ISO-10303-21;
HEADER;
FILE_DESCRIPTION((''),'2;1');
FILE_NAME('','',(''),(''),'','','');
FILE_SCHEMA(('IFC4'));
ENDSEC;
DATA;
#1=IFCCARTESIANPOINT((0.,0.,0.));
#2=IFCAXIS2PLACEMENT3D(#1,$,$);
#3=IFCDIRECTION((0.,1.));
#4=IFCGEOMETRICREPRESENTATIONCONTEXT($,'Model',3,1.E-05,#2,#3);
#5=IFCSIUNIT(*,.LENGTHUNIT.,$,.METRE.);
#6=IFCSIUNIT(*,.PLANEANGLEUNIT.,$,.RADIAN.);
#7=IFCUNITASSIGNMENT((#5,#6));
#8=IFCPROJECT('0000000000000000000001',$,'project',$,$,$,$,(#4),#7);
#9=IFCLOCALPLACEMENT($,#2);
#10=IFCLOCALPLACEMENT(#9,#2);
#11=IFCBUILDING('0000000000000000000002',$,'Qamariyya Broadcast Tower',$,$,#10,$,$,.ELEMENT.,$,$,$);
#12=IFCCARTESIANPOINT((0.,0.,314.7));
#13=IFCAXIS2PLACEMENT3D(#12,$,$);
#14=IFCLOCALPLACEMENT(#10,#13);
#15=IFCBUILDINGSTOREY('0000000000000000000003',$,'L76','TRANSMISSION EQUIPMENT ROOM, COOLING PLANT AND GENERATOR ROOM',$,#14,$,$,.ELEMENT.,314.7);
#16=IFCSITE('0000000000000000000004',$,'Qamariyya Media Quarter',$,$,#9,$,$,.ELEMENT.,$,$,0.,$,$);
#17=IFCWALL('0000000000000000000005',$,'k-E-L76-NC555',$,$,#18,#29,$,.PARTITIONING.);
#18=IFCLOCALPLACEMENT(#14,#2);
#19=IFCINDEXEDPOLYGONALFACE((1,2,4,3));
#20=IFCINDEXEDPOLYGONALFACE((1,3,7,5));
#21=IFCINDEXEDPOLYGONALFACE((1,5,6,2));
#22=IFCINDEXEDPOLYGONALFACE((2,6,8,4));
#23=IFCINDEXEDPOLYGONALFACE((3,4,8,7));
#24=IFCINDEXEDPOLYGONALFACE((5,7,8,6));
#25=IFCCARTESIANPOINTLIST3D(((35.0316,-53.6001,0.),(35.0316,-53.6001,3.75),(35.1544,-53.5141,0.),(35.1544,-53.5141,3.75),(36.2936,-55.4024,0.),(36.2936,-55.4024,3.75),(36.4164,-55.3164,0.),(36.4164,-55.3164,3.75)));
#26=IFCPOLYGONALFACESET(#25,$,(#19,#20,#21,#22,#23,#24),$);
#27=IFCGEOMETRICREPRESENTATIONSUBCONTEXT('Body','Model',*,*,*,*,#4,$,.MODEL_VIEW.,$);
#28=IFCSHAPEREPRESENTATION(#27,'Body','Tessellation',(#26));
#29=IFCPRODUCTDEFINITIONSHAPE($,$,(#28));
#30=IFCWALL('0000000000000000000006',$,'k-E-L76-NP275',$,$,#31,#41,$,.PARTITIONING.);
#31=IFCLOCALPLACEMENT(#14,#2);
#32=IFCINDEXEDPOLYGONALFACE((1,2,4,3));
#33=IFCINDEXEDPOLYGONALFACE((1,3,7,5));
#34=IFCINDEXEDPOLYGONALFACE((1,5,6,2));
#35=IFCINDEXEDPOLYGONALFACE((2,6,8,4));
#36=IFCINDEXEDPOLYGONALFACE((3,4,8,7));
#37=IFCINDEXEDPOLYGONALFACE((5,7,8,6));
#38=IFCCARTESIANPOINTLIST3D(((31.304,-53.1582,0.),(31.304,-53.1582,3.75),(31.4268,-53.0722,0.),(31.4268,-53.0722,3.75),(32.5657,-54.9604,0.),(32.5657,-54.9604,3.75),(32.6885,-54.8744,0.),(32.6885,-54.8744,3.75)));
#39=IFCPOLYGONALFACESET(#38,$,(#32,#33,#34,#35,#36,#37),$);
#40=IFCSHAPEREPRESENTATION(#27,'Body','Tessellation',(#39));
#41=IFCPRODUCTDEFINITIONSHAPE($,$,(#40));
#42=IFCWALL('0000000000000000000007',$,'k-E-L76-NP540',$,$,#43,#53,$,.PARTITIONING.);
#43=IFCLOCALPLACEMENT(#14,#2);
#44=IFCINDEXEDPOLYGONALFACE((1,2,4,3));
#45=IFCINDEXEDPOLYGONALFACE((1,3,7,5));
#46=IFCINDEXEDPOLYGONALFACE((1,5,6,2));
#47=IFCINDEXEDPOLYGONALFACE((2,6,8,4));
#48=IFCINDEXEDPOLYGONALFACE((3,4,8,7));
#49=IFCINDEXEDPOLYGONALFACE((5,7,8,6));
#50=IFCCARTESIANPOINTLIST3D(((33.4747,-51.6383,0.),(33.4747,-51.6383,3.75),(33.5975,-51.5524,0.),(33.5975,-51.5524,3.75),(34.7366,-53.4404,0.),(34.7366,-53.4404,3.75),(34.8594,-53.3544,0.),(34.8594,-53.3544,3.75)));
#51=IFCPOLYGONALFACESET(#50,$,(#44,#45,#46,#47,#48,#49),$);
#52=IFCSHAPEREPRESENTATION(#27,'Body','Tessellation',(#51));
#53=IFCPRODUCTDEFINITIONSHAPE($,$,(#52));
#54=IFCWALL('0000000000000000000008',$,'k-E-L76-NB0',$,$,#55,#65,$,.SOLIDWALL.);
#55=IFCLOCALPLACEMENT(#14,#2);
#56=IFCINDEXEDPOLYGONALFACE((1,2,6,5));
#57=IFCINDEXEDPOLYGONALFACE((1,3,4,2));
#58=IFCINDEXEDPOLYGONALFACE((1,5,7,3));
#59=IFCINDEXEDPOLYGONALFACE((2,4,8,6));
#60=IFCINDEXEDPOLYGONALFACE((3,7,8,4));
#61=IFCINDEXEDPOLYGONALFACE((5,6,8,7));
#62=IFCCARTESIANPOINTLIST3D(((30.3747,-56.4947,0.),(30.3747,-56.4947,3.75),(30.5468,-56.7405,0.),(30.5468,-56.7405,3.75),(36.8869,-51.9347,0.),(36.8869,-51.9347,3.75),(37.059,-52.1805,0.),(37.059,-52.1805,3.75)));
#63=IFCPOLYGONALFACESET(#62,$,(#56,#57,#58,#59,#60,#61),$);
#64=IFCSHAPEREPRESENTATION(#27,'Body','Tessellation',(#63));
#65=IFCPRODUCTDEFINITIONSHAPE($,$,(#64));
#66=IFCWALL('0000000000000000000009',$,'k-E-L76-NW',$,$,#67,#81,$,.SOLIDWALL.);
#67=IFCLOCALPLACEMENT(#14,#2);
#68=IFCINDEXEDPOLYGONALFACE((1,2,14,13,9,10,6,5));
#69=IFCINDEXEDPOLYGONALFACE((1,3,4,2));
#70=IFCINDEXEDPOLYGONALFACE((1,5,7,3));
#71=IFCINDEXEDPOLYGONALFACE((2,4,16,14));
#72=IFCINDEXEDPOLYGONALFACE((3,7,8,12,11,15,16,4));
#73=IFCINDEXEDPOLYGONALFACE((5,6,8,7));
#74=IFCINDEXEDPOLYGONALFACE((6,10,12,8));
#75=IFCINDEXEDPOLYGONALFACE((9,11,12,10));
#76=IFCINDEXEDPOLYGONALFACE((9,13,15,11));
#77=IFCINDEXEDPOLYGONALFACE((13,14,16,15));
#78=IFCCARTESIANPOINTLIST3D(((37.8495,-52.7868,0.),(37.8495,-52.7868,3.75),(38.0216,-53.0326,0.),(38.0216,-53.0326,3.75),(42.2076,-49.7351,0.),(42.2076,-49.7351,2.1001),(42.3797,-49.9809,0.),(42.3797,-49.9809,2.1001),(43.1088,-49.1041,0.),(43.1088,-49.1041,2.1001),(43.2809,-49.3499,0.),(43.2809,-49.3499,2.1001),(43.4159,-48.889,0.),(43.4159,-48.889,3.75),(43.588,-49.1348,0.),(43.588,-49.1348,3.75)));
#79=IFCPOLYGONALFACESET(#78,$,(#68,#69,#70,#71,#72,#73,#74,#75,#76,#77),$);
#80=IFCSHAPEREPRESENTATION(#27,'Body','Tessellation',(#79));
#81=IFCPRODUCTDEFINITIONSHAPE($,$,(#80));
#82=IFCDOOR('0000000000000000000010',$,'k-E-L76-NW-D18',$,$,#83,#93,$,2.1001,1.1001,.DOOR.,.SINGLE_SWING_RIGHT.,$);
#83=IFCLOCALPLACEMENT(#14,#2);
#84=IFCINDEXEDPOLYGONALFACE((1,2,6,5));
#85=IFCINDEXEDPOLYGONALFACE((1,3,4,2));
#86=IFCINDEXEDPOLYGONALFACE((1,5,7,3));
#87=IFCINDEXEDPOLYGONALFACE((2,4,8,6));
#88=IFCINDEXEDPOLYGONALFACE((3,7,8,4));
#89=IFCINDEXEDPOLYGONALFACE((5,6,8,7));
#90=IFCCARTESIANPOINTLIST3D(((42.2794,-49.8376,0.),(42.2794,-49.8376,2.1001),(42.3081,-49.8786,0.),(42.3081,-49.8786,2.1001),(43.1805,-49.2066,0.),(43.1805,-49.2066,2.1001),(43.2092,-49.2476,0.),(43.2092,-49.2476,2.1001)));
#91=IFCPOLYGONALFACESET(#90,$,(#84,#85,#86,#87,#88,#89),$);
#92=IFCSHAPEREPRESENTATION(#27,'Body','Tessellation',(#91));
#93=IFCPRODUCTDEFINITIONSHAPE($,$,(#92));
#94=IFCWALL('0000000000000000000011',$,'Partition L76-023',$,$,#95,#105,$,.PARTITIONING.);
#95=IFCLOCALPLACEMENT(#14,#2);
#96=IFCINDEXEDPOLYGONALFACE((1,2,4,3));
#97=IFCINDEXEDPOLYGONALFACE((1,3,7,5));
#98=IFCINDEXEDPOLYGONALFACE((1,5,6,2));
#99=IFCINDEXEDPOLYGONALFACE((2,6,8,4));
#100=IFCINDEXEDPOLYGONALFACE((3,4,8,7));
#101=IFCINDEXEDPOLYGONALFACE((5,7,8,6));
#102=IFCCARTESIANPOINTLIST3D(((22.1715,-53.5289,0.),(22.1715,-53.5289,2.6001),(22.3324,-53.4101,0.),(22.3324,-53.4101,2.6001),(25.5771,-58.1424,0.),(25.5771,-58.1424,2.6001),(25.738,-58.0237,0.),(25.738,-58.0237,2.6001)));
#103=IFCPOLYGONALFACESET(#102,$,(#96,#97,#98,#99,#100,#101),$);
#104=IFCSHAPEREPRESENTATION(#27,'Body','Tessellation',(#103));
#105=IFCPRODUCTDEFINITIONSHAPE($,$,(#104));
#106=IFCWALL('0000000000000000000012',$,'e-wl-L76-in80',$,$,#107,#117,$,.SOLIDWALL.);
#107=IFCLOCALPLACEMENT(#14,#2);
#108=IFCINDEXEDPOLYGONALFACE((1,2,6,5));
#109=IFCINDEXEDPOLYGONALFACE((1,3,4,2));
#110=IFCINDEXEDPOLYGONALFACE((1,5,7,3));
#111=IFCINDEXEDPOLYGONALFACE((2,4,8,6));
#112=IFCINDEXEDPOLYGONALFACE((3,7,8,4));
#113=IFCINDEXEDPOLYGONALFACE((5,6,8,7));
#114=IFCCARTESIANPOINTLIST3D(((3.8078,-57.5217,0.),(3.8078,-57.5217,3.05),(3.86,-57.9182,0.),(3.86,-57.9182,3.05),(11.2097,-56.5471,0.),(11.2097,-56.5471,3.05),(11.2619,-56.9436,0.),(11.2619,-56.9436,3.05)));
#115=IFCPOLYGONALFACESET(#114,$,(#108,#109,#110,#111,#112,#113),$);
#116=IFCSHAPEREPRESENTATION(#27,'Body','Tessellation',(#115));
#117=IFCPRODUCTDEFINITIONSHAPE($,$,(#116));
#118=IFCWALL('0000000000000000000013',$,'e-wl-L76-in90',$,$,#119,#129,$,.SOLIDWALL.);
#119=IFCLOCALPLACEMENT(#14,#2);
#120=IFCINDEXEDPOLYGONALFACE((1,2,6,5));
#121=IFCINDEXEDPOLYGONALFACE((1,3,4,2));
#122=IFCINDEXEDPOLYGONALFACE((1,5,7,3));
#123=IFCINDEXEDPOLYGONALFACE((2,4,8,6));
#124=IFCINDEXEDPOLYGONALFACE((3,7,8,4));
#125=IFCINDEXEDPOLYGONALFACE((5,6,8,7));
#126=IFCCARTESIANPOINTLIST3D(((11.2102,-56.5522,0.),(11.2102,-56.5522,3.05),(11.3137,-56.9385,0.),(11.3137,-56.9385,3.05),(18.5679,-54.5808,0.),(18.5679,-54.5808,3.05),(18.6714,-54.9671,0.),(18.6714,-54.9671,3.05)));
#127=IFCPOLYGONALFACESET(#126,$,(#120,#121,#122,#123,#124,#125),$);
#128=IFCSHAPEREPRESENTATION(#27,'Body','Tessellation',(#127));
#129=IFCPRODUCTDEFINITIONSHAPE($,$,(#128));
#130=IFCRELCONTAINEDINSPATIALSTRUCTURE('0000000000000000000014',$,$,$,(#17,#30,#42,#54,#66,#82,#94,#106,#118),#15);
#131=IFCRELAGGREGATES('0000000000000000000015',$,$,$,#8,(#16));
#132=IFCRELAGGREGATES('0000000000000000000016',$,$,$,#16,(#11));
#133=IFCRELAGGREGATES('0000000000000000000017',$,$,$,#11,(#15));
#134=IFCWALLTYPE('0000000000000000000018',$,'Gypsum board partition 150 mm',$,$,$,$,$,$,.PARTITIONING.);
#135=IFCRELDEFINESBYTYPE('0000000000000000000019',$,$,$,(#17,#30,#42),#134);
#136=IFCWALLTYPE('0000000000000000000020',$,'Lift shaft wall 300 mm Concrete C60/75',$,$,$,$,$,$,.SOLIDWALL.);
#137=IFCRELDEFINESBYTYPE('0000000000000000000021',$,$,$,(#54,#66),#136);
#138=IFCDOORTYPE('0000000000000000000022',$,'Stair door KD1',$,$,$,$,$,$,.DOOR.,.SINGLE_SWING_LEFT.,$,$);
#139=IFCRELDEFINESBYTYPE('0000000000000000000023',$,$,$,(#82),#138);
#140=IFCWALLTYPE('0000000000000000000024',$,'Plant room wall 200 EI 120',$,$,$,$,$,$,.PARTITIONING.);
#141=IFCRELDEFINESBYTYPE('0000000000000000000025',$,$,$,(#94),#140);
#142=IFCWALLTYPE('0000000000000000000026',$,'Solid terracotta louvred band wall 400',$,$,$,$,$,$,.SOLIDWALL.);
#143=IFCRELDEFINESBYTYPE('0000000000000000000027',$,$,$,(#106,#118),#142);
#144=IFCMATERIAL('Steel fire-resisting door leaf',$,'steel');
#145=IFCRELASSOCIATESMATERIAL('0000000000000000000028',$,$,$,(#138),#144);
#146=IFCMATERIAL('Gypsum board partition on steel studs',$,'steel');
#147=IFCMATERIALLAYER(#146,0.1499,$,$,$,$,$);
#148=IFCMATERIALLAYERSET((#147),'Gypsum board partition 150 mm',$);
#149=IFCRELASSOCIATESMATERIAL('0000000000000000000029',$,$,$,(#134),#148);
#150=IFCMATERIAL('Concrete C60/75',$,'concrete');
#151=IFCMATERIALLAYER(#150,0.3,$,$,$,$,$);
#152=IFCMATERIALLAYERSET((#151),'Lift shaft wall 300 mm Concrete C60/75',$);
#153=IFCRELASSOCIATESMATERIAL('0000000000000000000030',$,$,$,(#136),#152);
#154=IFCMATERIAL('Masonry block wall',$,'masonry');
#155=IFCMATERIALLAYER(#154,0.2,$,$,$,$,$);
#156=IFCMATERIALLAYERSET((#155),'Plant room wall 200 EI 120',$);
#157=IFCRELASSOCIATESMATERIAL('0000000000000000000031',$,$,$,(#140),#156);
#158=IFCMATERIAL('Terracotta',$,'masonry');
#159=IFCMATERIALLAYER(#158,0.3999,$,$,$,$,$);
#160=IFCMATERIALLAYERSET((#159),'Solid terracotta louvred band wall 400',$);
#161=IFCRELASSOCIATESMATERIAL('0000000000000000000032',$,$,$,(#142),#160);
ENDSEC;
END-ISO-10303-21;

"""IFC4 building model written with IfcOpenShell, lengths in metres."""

from ifc_helpers import new_model, si_unit, direction, frame, frame_2d, origin, place, context, subcontext, project, spatial, rectangle, extrude, material, layer, layer_set, type_object, element, fill, save


model = new_model("IFC4")

# Units and contexts
model_context = context("Model", 3, precision=1e-05, world=origin(), true_north=direction((0.0, 1.0)))
body_context = subcontext(model_context, "Body", "Model", "MODEL_VIEW")
ifc_project = project(units=[si_unit("LENGTHUNIT", "METRE"), si_unit("PLANEANGLEUNIT", "RADIAN")], contexts=[model_context])

# Site, building, storey
site_placement = place(None, origin())
site = spatial("IfcSite", under=ifc_project, at=site_placement, Name="Qamariyya Media Quarter", CompositionType="ELEMENT", RefElevation=0.0)
building_placement = place(site_placement, origin())
building = spatial("IfcBuilding", under=site, at=building_placement, Name="Qamariyya Broadcast Tower", CompositionType="ELEMENT")
storey_placement = place(building_placement, frame((0.0, 0.0, 314.7)))
storey = spatial("IfcBuildingStorey", under=building, at=storey_placement, Name="L76", Description="TRANSMISSION EQUIPMENT ROOM, COOLING PLANT AND GENERATOR ROOM", CompositionType="ELEMENT", Elevation=314.7)

# Shared definitions
ifc_material_1 = material(Name="Concrete C60/75", Category="concrete")
ifc_material_2 = material(Name="Steel fire-resisting door leaf", Category="steel")
door_type_1 = type_object("IfcDoorType", Name="Stair door KD1", OperationType="SINGLE_SWING_LEFT", PredefinedType="DOOR", material=ifc_material_2)

# Walls
ifc_material_3 = material(Name="Gypsum board partition on steel studs", Category="steel")
ifc_layer_1 = layer(ifc_material_3, 0.1499)
ifc_layer_set_1 = layer_set([ifc_layer_1], Name="Gypsum board partition 150 mm")
wall_type_1 = type_object("IfcWallType", Name="Gypsum board partition 150 mm", PredefinedType="PARTITIONING", material=ifc_layer_set_1)
for number, where, z_axis, x_axis, name in (
    (1, (36.355, -55.3594, 0.0), (0.0, 0.0, 1.0), (-0.573581, 0.819149, 0.0), "k-E-L76-NC555"),
):
    element("IfcWall", number, at=place(storey_placement, frame(where, z_axis=z_axis, x_axis=x_axis)), inside=storey, type_object=wall_type_1, Name=name, PredefinedType="PARTITIONING", context=body_context, shape_type="SweptSolid", body=[
        extrude(rectangle(XDim=2.2002, YDim=0.1499, at=frame_2d((1.1001, 0.0))), origin(), (0.0, 0.0, 1.0), 3.75),
    ])
for number, where, z_axis, x_axis, name in (
    (2, (32.6272, -54.9175, 0.0), (0.0, 0.0, 1.0), (-0.573507, 0.819201, 0.0), "k-E-L76-NP275"),
    (3, (34.7981, -53.3975, 0.0), (0.0, 0.0, 1.0), (-0.573634, 0.819112, 0.0), "k-E-L76-NP540"),
):
    element("IfcWall", number, at=place(storey_placement, frame(where, z_axis=z_axis, x_axis=x_axis)), inside=storey, type_object=wall_type_1, Name=name, PredefinedType="PARTITIONING", context=body_context, shape_type="SweptSolid", body=[
        extrude(rectangle(XDim=2.2, YDim=0.1499, at=frame_2d((1.1001, 0.0))), origin(), (0.0, 0.0, 1.0), 3.75),
    ])
ifc_layer_2 = layer(ifc_material_1, 0.3)
ifc_layer_set_2 = layer_set([ifc_layer_2], Name="Lift shaft wall 300 mm Concrete C60/75")
wall_type_2 = type_object("IfcWallType", Name="Lift shaft wall 300 mm Concrete C60/75", PredefinedType="SOLIDWALL", material=ifc_layer_set_2)
wall_1_placement = place(storey_placement, frame((30.4607, -56.6177, 0.0), z_axis=(0.0, 0.0, 1.0), x_axis=(0.819142, 0.57359, 0.0)))
element("IfcWall", 4, at=wall_1_placement, inside=storey, type_object=wall_type_2, Name="k-E-L76-NB0", PredefinedType="SOLIDWALL", context=body_context, shape_type="SweptSolid", body=[
    extrude(rectangle(XDim=7.95, YDim=0.3, at=frame_2d((3.9751, 0.0))), origin(), (0.0, 0.0, 1.0), 3.75),
])

# Wall, opening, door
wall_2_placement = place(storey_placement, frame((37.9355, -52.9097, 0.0), z_axis=(0.0, 0.0, 1.0), x_axis=(0.819148, 0.573583, 0.0)))
wall_2 = element("IfcWall", 5, at=wall_2_placement, inside=storey, type_object=wall_type_2, Name="k-E-L76-NW", PredefinedType="SOLIDWALL", context=body_context, shape_type="SweptSolid", body=[
    extrude(rectangle(XDim=6.7954, YDim=0.3, at=frame_2d((3.3977, 0.0))), origin(), (0.0, 0.0, 1.0), 3.75),
])
opening_1_placement = place(wall_2_placement, frame((5.3203, 0.0, 0.0)))
opening_1 = element("IfcOpeningElement", 6, at=opening_1_placement, cuts=wall_2, PredefinedType="OPENING", context=body_context, shape_type="SweptSolid", body=[
    extrude(rectangle(XDim=1.1001, YDim=2.1001, at=frame_2d((0.55, 1.05))), frame((0.0, 0.1599, 0.0), z_axis=(0.0, -1.0, 0.0), x_axis=(1.0, 0.0, 0.0)), (0.0, 0.0, 1.0), 0.3201),
])
door_1_placement = place(opening_1_placement, origin())
door_1 = element("IfcDoor", 7, at=door_1_placement, inside=storey, type_object=door_type_1, Name="k-E-L76-NW-D18", OperationType="SINGLE_SWING_RIGHT", OverallHeight=2.1001, OverallWidth=1.1001, PredefinedType="DOOR", context=body_context, shape_type="SweptSolid", body=[
    extrude(rectangle(XDim=1.1001, YDim=2.1001, at=frame_2d((0.55, 1.05))), frame((0.0, 0.0249, 0.0), z_axis=(0.0, -1.0, 0.0), x_axis=(1.0, 0.0, 0.0)), (0.0, 0.0, 1.0), 0.05),
])
fill(opening_1, door_1)

# Walls
ifc_material_4 = material(Name="Masonry block wall", Category="masonry")
ifc_layer_3 = layer(ifc_material_4, 0.2)
ifc_layer_set_3 = layer_set([ifc_layer_3], Name="Plant room wall 200 EI 120")
wall_type_3 = type_object("IfcWallType", Name="Plant room wall 200 EI 120", PredefinedType="PARTITIONING", material=ifc_layer_set_3)
wall_3_placement = place(storey_placement, frame((22.252, -53.4695, 0.0), z_axis=(0.0, 0.0, 1.0), x_axis=(0.593886, -0.804549, 0.0)))
element("IfcWall", 8, at=wall_3_placement, inside=storey, type_object=wall_type_3, Name="Partition L76-023", PredefinedType="PARTITIONING", context=body_context, shape_type="SweptSolid", body=[
    extrude(rectangle(XDim=5.7344, YDim=0.2, at=frame_2d((2.8672, 0.0))), origin(), (0.0, 0.0, 1.0), 2.6001),
])
ifc_material_5 = material(Name="Terracotta", Category="masonry")
ifc_layer_4 = layer(ifc_material_5, 0.3999)
ifc_layer_set_4 = layer_set([ifc_layer_4], Name="Solid terracotta louvred band wall 400")
wall_type_4 = type_object("IfcWallType", Name="Solid terracotta louvred band wall 400", PredefinedType="SOLIDWALL", material=ifc_layer_set_4)
wall_4_placement = place(storey_placement, frame((11.2358, -56.7454, 0.0), z_axis=(0.0, 0.0, 1.0), x_axis=(-0.991442, -0.130544, 0.0)))
element("IfcWall", 9, at=wall_4_placement, inside=storey, type_object=wall_type_4, Name="e-wl-L76-in80", PredefinedType="SOLIDWALL", context=body_context, shape_type="SweptSolid", body=[
    extrude(rectangle(XDim=7.4658, YDim=0.3999, at=frame_2d((3.7329, 0.0))), origin(), (0.0, 0.0, 1.0), 3.05),
])
wall_5_placement = place(storey_placement, frame((18.6196, -54.7739, 0.0), z_axis=(0.0, 0.0, 1.0), x_axis=(-0.965927, -0.258814, 0.0)))
element("IfcWall", 10, at=wall_5_placement, inside=storey, type_object=wall_type_4, Name="e-wl-L76-in90", PredefinedType="SOLIDWALL", context=body_context, shape_type="SweptSolid", body=[
    extrude(rectangle(XDim=7.6172, YDim=0.3999, at=frame_2d((3.8086, 0.0))), origin(), (0.0, 0.0, 1.0), 3.05),
])

save(model, "model.ifc")
